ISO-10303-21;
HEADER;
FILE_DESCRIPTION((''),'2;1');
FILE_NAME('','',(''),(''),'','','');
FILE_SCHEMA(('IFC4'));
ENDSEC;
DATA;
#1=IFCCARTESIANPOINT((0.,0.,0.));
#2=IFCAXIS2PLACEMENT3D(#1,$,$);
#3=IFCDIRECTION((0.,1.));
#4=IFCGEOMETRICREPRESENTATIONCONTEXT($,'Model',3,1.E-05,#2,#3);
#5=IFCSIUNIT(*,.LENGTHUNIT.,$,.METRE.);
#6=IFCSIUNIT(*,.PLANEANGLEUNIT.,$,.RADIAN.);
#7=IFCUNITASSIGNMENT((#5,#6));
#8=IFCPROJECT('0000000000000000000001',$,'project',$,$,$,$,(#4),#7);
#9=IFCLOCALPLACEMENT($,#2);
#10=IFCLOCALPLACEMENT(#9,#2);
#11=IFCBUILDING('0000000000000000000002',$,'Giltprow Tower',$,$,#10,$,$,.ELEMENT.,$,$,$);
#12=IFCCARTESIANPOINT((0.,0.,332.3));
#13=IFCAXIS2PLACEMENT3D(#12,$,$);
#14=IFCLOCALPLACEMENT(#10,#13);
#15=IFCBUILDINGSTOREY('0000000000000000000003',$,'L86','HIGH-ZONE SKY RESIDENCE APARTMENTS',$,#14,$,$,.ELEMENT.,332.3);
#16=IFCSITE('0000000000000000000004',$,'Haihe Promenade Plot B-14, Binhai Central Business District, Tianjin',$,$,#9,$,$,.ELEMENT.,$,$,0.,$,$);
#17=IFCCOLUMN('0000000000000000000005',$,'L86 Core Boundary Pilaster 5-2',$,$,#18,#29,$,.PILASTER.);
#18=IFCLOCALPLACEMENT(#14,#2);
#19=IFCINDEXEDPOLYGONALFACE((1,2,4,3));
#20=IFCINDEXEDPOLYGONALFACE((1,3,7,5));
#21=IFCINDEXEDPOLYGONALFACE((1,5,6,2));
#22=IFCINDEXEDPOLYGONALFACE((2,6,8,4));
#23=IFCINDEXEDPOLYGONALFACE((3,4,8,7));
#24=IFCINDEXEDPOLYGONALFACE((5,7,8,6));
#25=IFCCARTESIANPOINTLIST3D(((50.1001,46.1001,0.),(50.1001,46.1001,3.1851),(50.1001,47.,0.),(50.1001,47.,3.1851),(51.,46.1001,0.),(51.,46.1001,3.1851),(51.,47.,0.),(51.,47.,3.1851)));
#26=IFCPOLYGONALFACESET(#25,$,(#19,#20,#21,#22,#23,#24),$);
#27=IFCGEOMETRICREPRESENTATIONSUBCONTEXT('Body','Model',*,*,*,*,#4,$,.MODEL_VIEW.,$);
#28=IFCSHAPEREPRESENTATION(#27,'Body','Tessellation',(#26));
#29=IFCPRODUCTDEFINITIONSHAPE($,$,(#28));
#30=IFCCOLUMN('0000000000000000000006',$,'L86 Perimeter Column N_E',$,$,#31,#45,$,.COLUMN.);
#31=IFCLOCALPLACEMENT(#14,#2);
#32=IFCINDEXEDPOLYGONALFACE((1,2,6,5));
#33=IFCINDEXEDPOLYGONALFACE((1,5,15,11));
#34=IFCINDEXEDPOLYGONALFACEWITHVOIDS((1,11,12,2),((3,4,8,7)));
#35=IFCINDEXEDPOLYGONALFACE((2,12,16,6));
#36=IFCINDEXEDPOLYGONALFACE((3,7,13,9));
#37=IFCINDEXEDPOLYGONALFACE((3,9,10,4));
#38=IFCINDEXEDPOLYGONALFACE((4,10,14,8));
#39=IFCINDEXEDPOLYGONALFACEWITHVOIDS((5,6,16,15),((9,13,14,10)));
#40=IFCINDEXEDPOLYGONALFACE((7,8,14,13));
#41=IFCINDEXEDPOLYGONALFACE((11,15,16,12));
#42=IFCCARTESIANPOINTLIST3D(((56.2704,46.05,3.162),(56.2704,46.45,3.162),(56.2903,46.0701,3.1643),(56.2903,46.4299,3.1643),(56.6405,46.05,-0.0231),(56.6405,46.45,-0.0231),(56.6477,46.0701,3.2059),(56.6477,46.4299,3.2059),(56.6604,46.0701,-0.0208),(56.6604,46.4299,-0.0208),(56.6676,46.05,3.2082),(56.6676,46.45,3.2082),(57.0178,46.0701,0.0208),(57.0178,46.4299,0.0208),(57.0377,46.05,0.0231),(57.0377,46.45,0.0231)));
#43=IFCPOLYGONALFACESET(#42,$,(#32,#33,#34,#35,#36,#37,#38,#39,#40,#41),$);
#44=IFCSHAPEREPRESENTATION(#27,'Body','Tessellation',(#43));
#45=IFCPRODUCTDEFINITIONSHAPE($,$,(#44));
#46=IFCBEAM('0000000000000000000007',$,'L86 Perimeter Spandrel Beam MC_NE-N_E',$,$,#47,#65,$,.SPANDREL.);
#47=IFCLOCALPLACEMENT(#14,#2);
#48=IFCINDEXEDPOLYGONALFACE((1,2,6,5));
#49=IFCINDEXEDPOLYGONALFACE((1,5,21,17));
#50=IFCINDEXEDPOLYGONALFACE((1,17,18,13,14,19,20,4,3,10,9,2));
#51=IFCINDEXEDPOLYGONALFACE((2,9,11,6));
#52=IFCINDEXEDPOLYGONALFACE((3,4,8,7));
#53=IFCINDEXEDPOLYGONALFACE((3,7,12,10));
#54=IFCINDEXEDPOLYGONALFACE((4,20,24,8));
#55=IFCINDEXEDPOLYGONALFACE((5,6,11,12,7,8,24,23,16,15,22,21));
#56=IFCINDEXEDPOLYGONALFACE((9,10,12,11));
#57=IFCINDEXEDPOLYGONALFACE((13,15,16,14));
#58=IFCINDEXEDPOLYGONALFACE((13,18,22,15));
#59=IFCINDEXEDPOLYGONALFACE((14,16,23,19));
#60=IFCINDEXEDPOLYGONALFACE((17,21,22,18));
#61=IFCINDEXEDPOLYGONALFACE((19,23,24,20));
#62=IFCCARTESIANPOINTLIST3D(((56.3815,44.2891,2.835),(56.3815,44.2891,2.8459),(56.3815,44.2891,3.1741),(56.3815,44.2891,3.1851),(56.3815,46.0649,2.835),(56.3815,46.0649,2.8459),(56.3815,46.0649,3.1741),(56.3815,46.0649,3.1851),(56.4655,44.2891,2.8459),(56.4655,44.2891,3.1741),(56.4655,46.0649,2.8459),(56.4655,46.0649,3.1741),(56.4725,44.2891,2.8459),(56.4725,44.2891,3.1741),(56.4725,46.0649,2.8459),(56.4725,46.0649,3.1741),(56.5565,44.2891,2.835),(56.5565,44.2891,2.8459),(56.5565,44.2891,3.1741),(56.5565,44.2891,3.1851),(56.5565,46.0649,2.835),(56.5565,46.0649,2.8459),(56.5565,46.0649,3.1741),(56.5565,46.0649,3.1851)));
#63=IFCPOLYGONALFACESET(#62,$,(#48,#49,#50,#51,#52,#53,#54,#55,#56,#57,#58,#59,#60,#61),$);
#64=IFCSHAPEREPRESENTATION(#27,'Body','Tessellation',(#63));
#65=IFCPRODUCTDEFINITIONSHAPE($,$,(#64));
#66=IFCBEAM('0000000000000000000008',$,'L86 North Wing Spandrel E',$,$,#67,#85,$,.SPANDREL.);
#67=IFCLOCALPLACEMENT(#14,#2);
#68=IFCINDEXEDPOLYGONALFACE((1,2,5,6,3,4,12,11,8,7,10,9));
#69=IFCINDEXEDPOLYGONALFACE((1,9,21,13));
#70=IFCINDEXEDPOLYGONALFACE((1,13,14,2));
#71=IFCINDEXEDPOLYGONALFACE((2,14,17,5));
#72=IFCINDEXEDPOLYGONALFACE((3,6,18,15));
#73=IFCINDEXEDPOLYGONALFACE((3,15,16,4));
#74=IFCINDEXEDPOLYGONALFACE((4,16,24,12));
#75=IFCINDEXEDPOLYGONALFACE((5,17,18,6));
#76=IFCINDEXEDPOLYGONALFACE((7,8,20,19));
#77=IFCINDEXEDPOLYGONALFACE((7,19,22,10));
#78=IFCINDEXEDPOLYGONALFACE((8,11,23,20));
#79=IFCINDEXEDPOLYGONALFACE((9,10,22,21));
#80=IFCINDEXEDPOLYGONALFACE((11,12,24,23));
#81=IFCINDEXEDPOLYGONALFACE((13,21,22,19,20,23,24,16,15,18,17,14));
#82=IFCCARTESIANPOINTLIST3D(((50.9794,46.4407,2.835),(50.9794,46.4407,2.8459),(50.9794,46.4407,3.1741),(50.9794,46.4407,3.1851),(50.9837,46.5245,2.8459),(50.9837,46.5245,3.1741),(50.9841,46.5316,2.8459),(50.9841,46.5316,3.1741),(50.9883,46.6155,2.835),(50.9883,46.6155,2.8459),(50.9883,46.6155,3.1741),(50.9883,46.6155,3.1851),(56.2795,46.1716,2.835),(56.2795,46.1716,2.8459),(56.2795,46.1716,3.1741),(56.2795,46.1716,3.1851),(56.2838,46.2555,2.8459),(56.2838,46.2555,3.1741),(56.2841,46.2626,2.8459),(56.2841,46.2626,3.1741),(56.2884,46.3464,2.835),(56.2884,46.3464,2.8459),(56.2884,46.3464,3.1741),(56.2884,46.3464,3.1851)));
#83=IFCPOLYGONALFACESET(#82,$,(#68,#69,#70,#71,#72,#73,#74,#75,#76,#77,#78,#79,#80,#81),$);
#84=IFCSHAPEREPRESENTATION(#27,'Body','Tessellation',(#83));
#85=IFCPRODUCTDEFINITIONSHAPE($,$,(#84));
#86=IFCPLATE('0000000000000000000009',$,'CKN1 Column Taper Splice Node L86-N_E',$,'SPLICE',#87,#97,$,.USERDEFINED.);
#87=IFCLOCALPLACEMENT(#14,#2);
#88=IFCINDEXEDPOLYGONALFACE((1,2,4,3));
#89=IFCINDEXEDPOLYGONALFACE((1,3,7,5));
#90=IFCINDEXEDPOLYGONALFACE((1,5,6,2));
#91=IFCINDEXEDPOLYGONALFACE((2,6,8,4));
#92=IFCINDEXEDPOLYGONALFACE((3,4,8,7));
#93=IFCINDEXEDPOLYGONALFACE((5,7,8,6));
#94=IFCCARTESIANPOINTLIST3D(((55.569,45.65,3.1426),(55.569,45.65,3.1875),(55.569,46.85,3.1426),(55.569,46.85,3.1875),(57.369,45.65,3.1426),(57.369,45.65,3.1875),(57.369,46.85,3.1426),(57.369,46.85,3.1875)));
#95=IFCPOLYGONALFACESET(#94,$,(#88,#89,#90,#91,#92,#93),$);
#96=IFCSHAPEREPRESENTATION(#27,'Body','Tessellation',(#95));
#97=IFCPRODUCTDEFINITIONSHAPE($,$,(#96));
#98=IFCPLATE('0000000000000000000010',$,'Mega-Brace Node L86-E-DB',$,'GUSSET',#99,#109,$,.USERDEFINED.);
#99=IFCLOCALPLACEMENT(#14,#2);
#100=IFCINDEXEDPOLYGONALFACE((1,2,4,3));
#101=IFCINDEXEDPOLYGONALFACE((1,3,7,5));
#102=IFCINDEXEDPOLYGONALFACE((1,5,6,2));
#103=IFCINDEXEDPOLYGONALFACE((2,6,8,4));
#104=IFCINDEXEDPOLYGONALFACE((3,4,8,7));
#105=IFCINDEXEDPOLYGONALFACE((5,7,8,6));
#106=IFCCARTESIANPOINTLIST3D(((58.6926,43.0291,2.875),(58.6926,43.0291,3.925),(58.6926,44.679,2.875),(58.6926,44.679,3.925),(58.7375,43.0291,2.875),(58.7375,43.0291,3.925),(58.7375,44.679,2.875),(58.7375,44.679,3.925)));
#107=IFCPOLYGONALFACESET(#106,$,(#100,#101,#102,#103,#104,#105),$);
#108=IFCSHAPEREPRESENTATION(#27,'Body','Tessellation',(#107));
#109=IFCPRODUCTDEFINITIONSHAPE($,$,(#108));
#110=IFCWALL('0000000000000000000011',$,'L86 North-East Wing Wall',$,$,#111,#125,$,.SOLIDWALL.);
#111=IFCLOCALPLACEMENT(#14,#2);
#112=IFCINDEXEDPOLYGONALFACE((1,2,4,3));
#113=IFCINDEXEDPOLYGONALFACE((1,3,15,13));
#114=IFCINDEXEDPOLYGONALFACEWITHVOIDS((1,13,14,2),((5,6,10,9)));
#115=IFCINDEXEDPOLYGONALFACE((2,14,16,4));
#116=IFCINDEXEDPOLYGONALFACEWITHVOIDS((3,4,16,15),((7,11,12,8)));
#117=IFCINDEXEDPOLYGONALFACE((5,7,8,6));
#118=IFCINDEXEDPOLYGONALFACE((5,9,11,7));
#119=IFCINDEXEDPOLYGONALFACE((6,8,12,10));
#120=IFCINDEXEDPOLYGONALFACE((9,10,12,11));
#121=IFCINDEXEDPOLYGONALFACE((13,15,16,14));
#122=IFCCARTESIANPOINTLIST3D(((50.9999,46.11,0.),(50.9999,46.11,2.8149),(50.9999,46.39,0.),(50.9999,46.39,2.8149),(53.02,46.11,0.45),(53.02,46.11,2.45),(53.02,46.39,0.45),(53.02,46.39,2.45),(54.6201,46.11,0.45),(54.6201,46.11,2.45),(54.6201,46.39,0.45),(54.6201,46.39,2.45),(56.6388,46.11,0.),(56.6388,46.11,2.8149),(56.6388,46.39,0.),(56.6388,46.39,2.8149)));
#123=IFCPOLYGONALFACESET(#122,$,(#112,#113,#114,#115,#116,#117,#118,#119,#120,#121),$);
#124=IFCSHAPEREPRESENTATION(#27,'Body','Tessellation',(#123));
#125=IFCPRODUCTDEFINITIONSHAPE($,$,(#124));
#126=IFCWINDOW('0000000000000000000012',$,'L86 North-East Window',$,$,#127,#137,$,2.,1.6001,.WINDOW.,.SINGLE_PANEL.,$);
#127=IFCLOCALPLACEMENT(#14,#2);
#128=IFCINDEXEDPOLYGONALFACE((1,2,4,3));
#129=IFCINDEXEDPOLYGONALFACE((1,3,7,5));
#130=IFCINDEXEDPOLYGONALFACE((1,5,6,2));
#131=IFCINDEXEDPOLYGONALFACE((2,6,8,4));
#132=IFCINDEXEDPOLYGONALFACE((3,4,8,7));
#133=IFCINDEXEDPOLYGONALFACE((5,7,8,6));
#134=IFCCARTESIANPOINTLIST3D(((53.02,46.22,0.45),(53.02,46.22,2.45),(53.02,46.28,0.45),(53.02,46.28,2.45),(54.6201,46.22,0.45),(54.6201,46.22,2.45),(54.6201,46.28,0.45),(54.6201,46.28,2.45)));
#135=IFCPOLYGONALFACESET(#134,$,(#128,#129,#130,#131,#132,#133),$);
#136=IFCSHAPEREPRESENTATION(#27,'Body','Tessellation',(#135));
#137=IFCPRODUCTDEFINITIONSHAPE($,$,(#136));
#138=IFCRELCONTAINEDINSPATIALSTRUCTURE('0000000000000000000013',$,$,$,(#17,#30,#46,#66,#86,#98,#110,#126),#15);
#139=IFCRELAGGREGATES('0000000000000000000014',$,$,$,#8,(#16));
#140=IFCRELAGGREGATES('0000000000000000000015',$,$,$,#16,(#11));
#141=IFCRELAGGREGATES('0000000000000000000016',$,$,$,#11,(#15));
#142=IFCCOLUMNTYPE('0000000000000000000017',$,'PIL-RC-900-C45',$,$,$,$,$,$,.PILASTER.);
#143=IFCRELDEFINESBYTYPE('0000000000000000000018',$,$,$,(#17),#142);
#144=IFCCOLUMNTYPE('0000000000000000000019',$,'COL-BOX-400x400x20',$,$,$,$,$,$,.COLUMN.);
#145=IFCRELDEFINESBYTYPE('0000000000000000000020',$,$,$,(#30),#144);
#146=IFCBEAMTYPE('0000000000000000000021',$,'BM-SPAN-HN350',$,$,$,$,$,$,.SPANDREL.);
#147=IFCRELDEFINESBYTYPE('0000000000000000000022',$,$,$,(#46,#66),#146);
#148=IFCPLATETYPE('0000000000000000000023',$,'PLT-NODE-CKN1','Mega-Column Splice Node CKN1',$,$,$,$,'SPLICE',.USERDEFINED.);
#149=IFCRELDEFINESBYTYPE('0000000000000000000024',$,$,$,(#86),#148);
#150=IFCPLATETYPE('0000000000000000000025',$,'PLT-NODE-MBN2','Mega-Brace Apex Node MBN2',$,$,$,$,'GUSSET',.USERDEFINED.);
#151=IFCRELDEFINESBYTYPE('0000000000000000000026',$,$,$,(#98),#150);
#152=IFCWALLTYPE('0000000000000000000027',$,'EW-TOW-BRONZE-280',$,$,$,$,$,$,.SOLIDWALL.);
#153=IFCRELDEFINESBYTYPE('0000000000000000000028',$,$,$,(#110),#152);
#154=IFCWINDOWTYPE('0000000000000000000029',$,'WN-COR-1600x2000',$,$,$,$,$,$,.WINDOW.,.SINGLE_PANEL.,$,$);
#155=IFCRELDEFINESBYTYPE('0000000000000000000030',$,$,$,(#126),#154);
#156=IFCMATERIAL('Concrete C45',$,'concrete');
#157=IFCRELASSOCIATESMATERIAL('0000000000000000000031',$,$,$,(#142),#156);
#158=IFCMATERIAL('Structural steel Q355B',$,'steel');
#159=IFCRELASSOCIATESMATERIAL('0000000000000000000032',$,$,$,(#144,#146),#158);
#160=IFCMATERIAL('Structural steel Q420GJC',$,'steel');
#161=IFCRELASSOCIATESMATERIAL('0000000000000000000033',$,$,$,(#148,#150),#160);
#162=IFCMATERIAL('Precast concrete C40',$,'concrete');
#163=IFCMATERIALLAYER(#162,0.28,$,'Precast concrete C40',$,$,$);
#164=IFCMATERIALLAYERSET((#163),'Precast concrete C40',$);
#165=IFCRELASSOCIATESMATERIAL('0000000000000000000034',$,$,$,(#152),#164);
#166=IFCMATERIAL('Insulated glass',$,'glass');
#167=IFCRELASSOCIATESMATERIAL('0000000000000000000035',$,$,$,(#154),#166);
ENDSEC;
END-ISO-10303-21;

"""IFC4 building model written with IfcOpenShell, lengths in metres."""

from ifc_helpers import new_model, si_unit, direction, frame, frame_2d, origin, origin_2d, place, context, subcontext, project, spatial, rectangle, hollow_rectangle, i_section, extrude, source, transform, mapped, material, layer, layer_set, material_profile, profile_set, type_object, element, fill, save


model = new_model("IFC4")

# Units and contexts
model_context = context("Model", 3, precision=1e-05, world=origin(), true_north=direction((0.0, 1.0)))
body_context = subcontext(model_context, "Body", "Model", "MODEL_VIEW")
ifc_project = project(units=[si_unit("LENGTHUNIT", "METRE"), si_unit("PLANEANGLEUNIT", "RADIAN")], contexts=[model_context])

# Site, building, storey
site_placement = place(None, origin())
site = spatial("IfcSite", under=ifc_project, at=site_placement, Name="Haihe Promenade Plot B-14, Binhai Central Business District, Tianjin", CompositionType="ELEMENT", RefElevation=0.0)
building_placement = place(site_placement, origin())
building = spatial("IfcBuilding", under=site, at=building_placement, Name="Giltprow Tower", CompositionType="ELEMENT")
storey_placement = place(building_placement, frame((0.0, 0.0, 332.3)))
storey = spatial("IfcBuildingStorey", under=building, at=storey_placement, Name="L86", Description="HIGH-ZONE SKY RESIDENCE APARTMENTS", CompositionType="ELEMENT", Elevation=332.3)

# Columns
ifc_material_1 = material(Name="Concrete C45", Category="concrete")
ifc_material_profile_1 = material_profile(ifc_material_1, rectangle(XDim=0.8999, YDim=0.8999, at=origin_2d()), Name="RC 900x900")
ifc_profile_set_1 = profile_set([ifc_material_profile_1], Name="Concrete C45")
column_type_1 = type_object("IfcColumnType", Name="PIL-RC-900-C45", PredefinedType="PILASTER", material=ifc_profile_set_1)
shared_shape_1 = source(origin(), body_context, "Body", "SweptSolid", [
    extrude(rectangle(XDim=0.8999, YDim=0.8999, at=origin_2d()), origin(), (0.0, 0.0, 1.0), 3.1851),
])
column_1_placement = place(storey_placement, frame((50.55, 46.55, 0.0), z_axis=(0.0, 0.0, 1.0), x_axis=(1.0, 0.0, 0.0)))
element("IfcColumn", 1, at=column_1_placement, inside=storey, type_object=column_type_1, Name="L86 Core Boundary Pilaster 5-2", PredefinedType="PILASTER", context=body_context, shape_type="MappedRepresentation", body=[
    mapped(shared_shape_1, transform((0.0, 0.0, 0.0), x_axis=(1.0, 0.0, 0.0), y_axis=(0.0, 1.0, 0.0), z_axis=(0.0, 0.0, 1.0), scale=1.0)),
])
ifc_material_2 = material(Name="Structural steel Q355B", Category="steel")
ifc_material_profile_2 = material_profile(ifc_material_2, hollow_rectangle(XDim=0.3999, YDim=0.3999, WallThickness=0.02, at=origin_2d()), Name="BOX 400x400x20")
ifc_profile_set_2 = profile_set([ifc_material_profile_2], Name="Structural steel Q355B")
column_type_2 = type_object("IfcColumnType", Name="COL-BOX-400x400x20", PredefinedType="COLUMN", material=ifc_profile_set_2)
shared_shape_2 = source(origin(), body_context, "Body", "SweptSolid", [
    extrude(hollow_rectangle(XDim=0.3999, YDim=0.3999, WallThickness=0.02, at=origin_2d()), origin(), (0.0, 0.0, 1.0), 3.2065),
])
column_2_placement = place(storey_placement, frame((56.8391, 46.25, 0.0), z_axis=(-0.115427, 0.0, 0.993316), x_axis=(0.0, -1.0, 0.0)))
element("IfcColumn", 2, at=column_2_placement, inside=storey, type_object=column_type_2, Name="L86 Perimeter Column N_E", PredefinedType="COLUMN", context=body_context, shape_type="MappedRepresentation", body=[
    mapped(shared_shape_2, transform((0.0, 0.0, 0.0), x_axis=(1.0, 0.0, 0.0), y_axis=(0.0, 1.0, 0.0), z_axis=(0.0, 0.0, 1.0), scale=1.0)),
])

# Beams
ifc_material_profile_3 = material_profile(ifc_material_2, i_section(OverallWidth=0.175, OverallDepth=0.3501, WebThickness=0.0071, FlangeThickness=0.011, at=origin_2d()), Name="HN 350x175x7x11")
ifc_profile_set_3 = profile_set([ifc_material_profile_3], Name="Structural steel Q355B")
beam_type = type_object("IfcBeamType", Name="BM-SPAN-HN350", PredefinedType="SPANDREL", material=ifc_profile_set_3)
shared_shape_3 = source(origin(), body_context, "Body", "SweptSolid", [
    extrude(i_section(OverallWidth=0.175, OverallDepth=0.3501, WebThickness=0.0071, FlangeThickness=0.011, at=origin_2d()), origin(), (0.0, 0.0, 1.0), 1.7759),
])
beam_1_placement = place(storey_placement, frame((56.469, 44.2891, 3.01), z_axis=(0.0, 1.0, 0.0), x_axis=(-1.0, 0.0, 0.0)))
element("IfcBeam", 3, at=beam_1_placement, inside=storey, type_object=beam_type, Name="L86 Perimeter Spandrel Beam MC_NE-N_E", PredefinedType="SPANDREL", context=body_context, shape_type="MappedRepresentation", body=[
    mapped(shared_shape_3, transform((0.0, 0.0, 0.0), x_axis=(1.0, 0.0, 0.0), y_axis=(0.0, 1.0, 0.0), z_axis=(0.0, 0.0, 1.0), scale=1.0)),
])
shared_shape_4 = source(origin(), body_context, "Body", "SweptSolid", [
    extrude(i_section(OverallWidth=0.175, OverallDepth=0.3501, WebThickness=0.0071, FlangeThickness=0.011, at=origin_2d()), origin(), (0.0, 0.0, 1.0), 5.3069),
])
beam_2_placement = place(storey_placement, frame((50.9839, 46.5281, 3.01), z_axis=(0.998714, -0.050697, 0.0), x_axis=(0.050697, 0.998714, 0.0)))
element("IfcBeam", 4, at=beam_2_placement, inside=storey, type_object=beam_type, Name="L86 North Wing Spandrel E", PredefinedType="SPANDREL", context=body_context, shape_type="MappedRepresentation", body=[
    mapped(shared_shape_4, transform((0.0, 0.0, 0.0), x_axis=(1.0, 0.0, 0.0), y_axis=(0.0, 1.0, 0.0), z_axis=(0.0, 0.0, 1.0), scale=1.0)),
])

# Plates
ifc_material_3 = material(Name="Structural steel Q420GJC", Category="steel")
plate_type_1 = type_object("IfcPlateType", Name="PLT-NODE-CKN1", Description="Mega-Column Splice Node CKN1", ElementType="SPLICE", PredefinedType="USERDEFINED", material=ifc_material_3)
shared_shape_5 = source(origin(), body_context, "Body", "SweptSolid", [
    extrude(rectangle(XDim=1.8, YDim=1.2, at=origin_2d()), origin(), (0.0, 0.0, 1.0), 0.0449),
])
plate_1_placement = place(storey_placement, frame((56.469, 46.25, 3.1426), z_axis=(0.0, 0.0, 1.0), x_axis=(1.0, 0.0, 0.0)))
element("IfcPlate", 5, at=plate_1_placement, inside=storey, type_object=plate_type_1, Name="CKN1 Column Taper Splice Node L86-N_E", ObjectType="SPLICE", PredefinedType="USERDEFINED", context=body_context, shape_type="MappedRepresentation", body=[
    mapped(shared_shape_5, transform((0.0, 0.0, 0.0), x_axis=(1.0, 0.0, 0.0), y_axis=(0.0, 1.0, 0.0), z_axis=(0.0, 0.0, 1.0), scale=1.0)),
])
plate_type_2 = type_object("IfcPlateType", Name="PLT-NODE-MBN2", Description="Mega-Brace Apex Node MBN2", ElementType="GUSSET", PredefinedType="USERDEFINED", material=ifc_material_3)
shared_shape_6 = source(origin(), body_context, "Body", "SweptSolid", [
    extrude(rectangle(XDim=1.6499, YDim=0.0449, at=origin_2d()), origin(), (0.0, 0.0, 1.0), 1.05),
])
plate_2_placement = place(storey_placement, frame((58.7151, 43.854, 2.875), z_axis=(0.0, 0.0, 1.0), x_axis=(0.0, 1.0, 0.0)))
element("IfcPlate", 6, at=plate_2_placement, inside=storey, type_object=plate_type_2, Name="Mega-Brace Node L86-E-DB", ObjectType="GUSSET", PredefinedType="USERDEFINED", context=body_context, shape_type="MappedRepresentation", body=[
    mapped(shared_shape_6, transform((0.0, 0.0, 0.0), x_axis=(1.0, 0.0, 0.0), y_axis=(0.0, 1.0, 0.0), z_axis=(0.0, 0.0, 1.0), scale=1.0)),
])

# Wall, opening, window
ifc_material_4 = material(Name="Precast concrete C40", Category="concrete")
ifc_layer = layer(ifc_material_4, 0.28, Name="Precast concrete C40")
ifc_layer_set = layer_set([ifc_layer], Name="Precast concrete C40")
wall_type = type_object("IfcWallType", Name="EW-TOW-BRONZE-280", PredefinedType="SOLIDWALL", material=ifc_layer_set)
wall_placement = place(storey_placement, frame((51.0, 46.25, 0.0), z_axis=(0.0, 0.0, 1.0), x_axis=(1.0, 0.0, 0.0)))
wall = element("IfcWall", 7, at=wall_placement, inside=storey, type_object=wall_type, Name="L86 North-East Wing Wall", PredefinedType="SOLIDWALL", context=body_context, shape_type="SweptSolid", body=[
    extrude(rectangle(XDim=5.6389, YDim=0.28, at=frame_2d((2.8193, 0.0))), origin(), (0.0, 0.0, 1.0), 2.8149),
])
opening_placement = place(wall_placement, frame((2.02, 0.0, 0.45)))
opening = element("IfcOpeningElement", 8, at=opening_placement, cuts=wall, PredefinedType="OPENING", context=body_context, shape_type="SweptSolid", body=[
    extrude(rectangle(XDim=1.6001, YDim=2.0, at=frame_2d((0.8, 1.0))), frame((0.0, 0.1499, 0.0), z_axis=(0.0, -1.0, 0.0), x_axis=(1.0, 0.0, 0.0)), (0.0, 0.0, 1.0), 0.3),
])
ifc_material_5 = material(Name="Insulated glass", Category="glass")
window_type = type_object("IfcWindowType", Name="WN-COR-1600x2000", PartitioningType="SINGLE_PANEL", PredefinedType="WINDOW", material=ifc_material_5)
shared_shape_7 = source(origin(), body_context, "Body", "SweptSolid", [
    extrude(rectangle(XDim=1.6001, YDim=2.0, at=frame_2d((0.8, 1.0))), frame((0.0, 0.03, 0.0), z_axis=(0.0, -1.0, 0.0), x_axis=(1.0, 0.0, 0.0)), (0.0, 0.0, 1.0), 0.0601),
])
window_placement = place(opening_placement, origin())
window = element("IfcWindow", 9, at=window_placement, inside=storey, type_object=window_type, Name="L86 North-East Window", OverallHeight=2.0, OverallWidth=1.6001, PartitioningType="SINGLE_PANEL", PredefinedType="WINDOW", context=body_context, shape_type="MappedRepresentation", body=[
    mapped(shared_shape_7, transform((0.0, 0.0, 0.0), x_axis=(1.0, 0.0, 0.0), y_axis=(0.0, 1.0, 0.0), z_axis=(0.0, 0.0, 1.0), scale=1.0)),
])
fill(opening, window)

save(model, "model.ifc")
